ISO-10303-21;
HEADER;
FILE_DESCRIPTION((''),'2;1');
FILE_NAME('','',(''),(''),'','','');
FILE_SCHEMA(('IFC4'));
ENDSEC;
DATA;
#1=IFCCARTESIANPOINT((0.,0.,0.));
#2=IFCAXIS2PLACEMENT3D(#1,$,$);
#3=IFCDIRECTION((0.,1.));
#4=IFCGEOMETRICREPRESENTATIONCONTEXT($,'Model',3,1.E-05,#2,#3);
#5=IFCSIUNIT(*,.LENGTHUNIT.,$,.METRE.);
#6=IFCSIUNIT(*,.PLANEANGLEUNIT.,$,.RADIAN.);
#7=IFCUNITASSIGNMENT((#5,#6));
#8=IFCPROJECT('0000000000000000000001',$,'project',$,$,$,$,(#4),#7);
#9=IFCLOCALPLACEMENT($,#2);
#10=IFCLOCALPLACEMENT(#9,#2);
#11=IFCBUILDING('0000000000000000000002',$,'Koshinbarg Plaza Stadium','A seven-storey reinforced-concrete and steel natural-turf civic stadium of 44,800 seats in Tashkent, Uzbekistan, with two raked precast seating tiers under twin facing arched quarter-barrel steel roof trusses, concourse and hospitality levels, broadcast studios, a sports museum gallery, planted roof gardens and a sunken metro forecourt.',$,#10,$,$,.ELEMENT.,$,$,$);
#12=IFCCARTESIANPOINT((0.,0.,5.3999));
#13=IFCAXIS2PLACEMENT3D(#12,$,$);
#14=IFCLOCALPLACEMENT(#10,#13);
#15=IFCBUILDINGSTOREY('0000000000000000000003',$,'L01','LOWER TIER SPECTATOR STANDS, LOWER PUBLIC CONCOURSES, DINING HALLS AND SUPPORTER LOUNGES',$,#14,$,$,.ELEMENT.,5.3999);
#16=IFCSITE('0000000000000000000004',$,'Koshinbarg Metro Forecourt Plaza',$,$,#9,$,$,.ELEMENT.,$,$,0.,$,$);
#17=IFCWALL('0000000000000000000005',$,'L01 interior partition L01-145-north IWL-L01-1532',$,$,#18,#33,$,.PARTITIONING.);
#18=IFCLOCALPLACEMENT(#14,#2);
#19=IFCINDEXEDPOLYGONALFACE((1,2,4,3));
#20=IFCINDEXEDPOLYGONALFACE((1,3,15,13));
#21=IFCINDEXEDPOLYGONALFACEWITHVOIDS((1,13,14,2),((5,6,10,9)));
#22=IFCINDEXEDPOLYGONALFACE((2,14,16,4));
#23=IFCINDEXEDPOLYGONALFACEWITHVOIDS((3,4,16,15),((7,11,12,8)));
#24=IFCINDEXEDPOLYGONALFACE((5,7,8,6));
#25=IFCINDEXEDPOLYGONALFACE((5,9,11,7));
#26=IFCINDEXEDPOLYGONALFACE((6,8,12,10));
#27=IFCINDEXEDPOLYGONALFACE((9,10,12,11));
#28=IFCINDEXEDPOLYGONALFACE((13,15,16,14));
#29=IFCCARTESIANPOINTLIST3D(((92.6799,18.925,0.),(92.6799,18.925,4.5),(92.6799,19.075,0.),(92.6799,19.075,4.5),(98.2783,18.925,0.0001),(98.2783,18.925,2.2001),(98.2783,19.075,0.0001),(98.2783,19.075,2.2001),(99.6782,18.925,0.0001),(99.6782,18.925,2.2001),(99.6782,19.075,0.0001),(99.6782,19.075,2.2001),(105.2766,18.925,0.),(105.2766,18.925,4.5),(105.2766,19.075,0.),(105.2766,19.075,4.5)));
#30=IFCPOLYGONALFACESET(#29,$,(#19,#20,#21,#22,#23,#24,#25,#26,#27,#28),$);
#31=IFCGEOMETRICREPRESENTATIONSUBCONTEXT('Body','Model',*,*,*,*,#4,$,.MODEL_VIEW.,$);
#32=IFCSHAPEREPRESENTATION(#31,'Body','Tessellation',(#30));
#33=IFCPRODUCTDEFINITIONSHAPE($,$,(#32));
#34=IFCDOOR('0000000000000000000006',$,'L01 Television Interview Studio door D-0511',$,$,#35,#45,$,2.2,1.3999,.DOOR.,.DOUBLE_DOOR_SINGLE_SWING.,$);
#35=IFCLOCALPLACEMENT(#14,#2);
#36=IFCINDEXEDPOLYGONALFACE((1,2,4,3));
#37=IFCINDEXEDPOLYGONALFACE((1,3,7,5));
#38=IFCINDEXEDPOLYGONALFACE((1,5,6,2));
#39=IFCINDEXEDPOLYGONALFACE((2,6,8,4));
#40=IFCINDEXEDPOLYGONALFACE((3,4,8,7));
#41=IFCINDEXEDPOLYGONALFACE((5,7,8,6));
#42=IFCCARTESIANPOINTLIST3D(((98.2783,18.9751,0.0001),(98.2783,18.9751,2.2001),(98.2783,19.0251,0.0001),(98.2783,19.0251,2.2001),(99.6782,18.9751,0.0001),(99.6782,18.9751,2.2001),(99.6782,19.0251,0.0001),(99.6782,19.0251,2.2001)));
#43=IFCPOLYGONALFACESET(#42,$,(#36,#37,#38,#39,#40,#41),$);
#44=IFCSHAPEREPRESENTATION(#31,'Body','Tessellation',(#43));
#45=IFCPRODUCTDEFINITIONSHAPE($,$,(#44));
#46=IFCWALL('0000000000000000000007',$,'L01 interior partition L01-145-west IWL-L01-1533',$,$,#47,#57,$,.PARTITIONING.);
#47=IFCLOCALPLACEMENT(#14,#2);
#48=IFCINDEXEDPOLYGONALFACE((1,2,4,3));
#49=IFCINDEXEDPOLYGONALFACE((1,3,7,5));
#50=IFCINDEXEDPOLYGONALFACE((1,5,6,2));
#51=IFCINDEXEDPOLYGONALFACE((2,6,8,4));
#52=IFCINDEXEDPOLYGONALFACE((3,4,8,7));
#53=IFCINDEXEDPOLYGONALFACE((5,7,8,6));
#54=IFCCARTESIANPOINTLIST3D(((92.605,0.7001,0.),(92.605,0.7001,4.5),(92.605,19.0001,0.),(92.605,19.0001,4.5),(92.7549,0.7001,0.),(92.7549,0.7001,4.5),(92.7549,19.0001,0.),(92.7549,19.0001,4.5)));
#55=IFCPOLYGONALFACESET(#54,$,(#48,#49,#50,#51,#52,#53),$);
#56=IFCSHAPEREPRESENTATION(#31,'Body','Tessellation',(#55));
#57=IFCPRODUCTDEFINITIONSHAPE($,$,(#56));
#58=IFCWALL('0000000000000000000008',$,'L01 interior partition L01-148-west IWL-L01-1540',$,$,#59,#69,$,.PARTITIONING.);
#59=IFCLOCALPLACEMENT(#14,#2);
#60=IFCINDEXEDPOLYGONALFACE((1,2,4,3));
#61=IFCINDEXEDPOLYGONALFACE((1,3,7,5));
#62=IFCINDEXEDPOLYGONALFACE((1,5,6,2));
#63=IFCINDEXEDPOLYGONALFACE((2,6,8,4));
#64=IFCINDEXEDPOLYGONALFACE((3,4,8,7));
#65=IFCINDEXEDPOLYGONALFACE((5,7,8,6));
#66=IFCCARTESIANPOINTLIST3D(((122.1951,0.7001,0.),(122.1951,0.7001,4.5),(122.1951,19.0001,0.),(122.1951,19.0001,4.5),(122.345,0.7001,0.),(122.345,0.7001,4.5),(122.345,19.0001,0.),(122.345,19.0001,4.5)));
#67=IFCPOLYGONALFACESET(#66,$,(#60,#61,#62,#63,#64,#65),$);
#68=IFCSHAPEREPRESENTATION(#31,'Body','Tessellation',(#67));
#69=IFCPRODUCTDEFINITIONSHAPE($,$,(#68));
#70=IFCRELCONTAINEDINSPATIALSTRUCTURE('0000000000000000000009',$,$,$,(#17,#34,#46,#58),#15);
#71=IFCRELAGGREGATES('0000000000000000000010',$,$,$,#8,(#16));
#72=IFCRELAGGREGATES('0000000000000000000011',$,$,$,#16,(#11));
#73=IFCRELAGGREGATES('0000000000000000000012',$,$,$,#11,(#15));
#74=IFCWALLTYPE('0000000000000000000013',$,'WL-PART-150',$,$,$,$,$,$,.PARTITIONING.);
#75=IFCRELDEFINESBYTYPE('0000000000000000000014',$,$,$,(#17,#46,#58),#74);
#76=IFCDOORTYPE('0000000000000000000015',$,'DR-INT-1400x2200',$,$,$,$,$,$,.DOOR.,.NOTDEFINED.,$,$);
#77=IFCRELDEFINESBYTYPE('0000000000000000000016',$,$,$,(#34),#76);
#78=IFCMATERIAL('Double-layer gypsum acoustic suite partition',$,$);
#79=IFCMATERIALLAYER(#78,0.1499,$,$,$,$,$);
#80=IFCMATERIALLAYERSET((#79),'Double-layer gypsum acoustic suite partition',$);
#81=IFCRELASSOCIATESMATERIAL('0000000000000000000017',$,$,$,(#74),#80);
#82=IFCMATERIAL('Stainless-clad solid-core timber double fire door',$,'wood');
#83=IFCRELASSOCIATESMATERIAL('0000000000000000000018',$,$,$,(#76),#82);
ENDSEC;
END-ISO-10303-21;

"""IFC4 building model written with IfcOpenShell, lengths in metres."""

from ifc_helpers import new_model, si_unit, direction, frame, frame_2d, origin, place, context, subcontext, project, spatial, rectangle, extrude, material, layer, layer_set, type_object, element, fill, save


model = new_model("IFC4")

# Units and contexts
model_context = context("Model", 3, precision=1e-05, world=origin(), true_north=direction((0.0, 1.0)))
body_context = subcontext(model_context, "Body", "Model", "MODEL_VIEW")
ifc_project = project(units=[si_unit("LENGTHUNIT", "METRE"), si_unit("PLANEANGLEUNIT", "RADIAN")], contexts=[model_context])

# Site, building, storey
site_placement = place(None, origin())
site = spatial("IfcSite", under=ifc_project, at=site_placement, Name="Koshinbarg Metro Forecourt Plaza", CompositionType="ELEMENT", RefElevation=0.0)
building_placement = place(site_placement, origin())
building = spatial("IfcBuilding", under=site, at=building_placement, Name="Koshinbarg Plaza Stadium", Description="A seven-storey reinforced-concrete and steel natural-turf civic stadium of 44,800 seats in Tashkent, Uzbekistan, with two raked precast seating tiers under twin facing arched quarter-barrel steel roof trusses, concourse and hospitality levels, broadcast studios, a sports museum gallery, planted roof gardens and a sunken metro forecourt.", CompositionType="ELEMENT")
storey_placement = place(building_placement, frame((0.0, 0.0, 5.3999)))
storey = spatial("IfcBuildingStorey", under=building, at=storey_placement, Name="L01", Description="LOWER TIER SPECTATOR STANDS, LOWER PUBLIC CONCOURSES, DINING HALLS AND SUPPORTER LOUNGES", CompositionType="ELEMENT", Elevation=5.3999)

# Shared definitions
ifc_material_1 = material(Name="Double-layer gypsum acoustic suite partition")
ifc_layer_1 = layer(ifc_material_1, 0.1499)
ifc_layer_set_1 = layer_set([ifc_layer_1], Name="Double-layer gypsum acoustic suite partition")
wall_type_1 = type_object("IfcWallType", Name="WL-PART-150", PredefinedType="PARTITIONING", material=ifc_layer_set_1)

# Wall, opening, door
wall_1_placement = place(storey_placement, frame((105.2766, 19.0, 0.0), z_axis=(0.0, 0.0, 1.0), x_axis=(-1.0, 0.0, 0.0)))
wall_1 = element("IfcWall", 1, at=wall_1_placement, inside=storey, type_object=wall_type_1, Name="L01 interior partition L01-145-north IWL-L01-1532", PredefinedType="PARTITIONING", context=body_context, shape_type="SweptSolid", body=[
    extrude(rectangle(XDim=12.5967, YDim=0.1499, at=frame_2d((6.2983, 0.0))), origin(), (0.0, 0.0, 1.0), 4.5),
])
opening_1_placement = place(wall_1_placement, frame((5.5984, 0.0, 0.0)))
opening_1 = element("IfcOpeningElement", 2, at=opening_1_placement, cuts=wall_1, PredefinedType="OPENING", context=body_context, shape_type="SweptSolid", body=[
    extrude(rectangle(XDim=1.3999, YDim=2.2, at=frame_2d((0.7, 1.1001))), frame((0.0, 0.085, 0.0), z_axis=(0.0, -1.0, 0.0), x_axis=(1.0, 0.0, 0.0)), (0.0, 0.0, 1.0), 0.1699),
])
ifc_material_2 = material(Name="Stainless-clad solid-core timber double fire door", Category="wood")
door_type_1 = type_object("IfcDoorType", Name="DR-INT-1400x2200", OperationType="NOTDEFINED", PredefinedType="DOOR", material=ifc_material_2)
door_1_placement = place(opening_1_placement, origin())
door_1 = element("IfcDoor", 3, at=door_1_placement, inside=storey, type_object=door_type_1, Name="L01 Television Interview Studio door D-0511", OperationType="DOUBLE_DOOR_SINGLE_SWING", OverallHeight=2.2, OverallWidth=1.3999, PredefinedType="DOOR", context=body_context, shape_type="SweptSolid", body=[
    extrude(rectangle(XDim=1.3999, YDim=2.2, at=frame_2d((0.7, 1.1001))), frame((0.0, 0.0249, 0.0), z_axis=(0.0, -1.0, 0.0), x_axis=(1.0, 0.0, 0.0)), (0.0, 0.0, 1.0), 0.05),
])
fill(opening_1, door_1)

# Walls
for number, where, z_axis, x_axis, name in (
    (4, (92.6799, 19.0, 0.0), (0.0, 0.0, 1.0), (0.0, -1.0, 0.0), "L01 interior partition L01-145-west IWL-L01-1533"),
    (5, (122.27, 19.0, 0.0), (0.0, 0.0, 1.0), (0.0, -1.0, 0.0), "L01 interior partition L01-148-west IWL-L01-1540"),
):
    element("IfcWall", number, at=place(storey_placement, frame(where, z_axis=z_axis, x_axis=x_axis)), inside=storey, type_object=wall_type_1, Name=name, PredefinedType="PARTITIONING", context=body_context, shape_type="SweptSolid", body=[
        extrude(rectangle(XDim=18.3, YDim=0.1499, at=frame_2d((9.1499, 0.0))), origin(), (0.0, 0.0, 1.0), 4.5),
    ])

save(model, "model.ifc")
